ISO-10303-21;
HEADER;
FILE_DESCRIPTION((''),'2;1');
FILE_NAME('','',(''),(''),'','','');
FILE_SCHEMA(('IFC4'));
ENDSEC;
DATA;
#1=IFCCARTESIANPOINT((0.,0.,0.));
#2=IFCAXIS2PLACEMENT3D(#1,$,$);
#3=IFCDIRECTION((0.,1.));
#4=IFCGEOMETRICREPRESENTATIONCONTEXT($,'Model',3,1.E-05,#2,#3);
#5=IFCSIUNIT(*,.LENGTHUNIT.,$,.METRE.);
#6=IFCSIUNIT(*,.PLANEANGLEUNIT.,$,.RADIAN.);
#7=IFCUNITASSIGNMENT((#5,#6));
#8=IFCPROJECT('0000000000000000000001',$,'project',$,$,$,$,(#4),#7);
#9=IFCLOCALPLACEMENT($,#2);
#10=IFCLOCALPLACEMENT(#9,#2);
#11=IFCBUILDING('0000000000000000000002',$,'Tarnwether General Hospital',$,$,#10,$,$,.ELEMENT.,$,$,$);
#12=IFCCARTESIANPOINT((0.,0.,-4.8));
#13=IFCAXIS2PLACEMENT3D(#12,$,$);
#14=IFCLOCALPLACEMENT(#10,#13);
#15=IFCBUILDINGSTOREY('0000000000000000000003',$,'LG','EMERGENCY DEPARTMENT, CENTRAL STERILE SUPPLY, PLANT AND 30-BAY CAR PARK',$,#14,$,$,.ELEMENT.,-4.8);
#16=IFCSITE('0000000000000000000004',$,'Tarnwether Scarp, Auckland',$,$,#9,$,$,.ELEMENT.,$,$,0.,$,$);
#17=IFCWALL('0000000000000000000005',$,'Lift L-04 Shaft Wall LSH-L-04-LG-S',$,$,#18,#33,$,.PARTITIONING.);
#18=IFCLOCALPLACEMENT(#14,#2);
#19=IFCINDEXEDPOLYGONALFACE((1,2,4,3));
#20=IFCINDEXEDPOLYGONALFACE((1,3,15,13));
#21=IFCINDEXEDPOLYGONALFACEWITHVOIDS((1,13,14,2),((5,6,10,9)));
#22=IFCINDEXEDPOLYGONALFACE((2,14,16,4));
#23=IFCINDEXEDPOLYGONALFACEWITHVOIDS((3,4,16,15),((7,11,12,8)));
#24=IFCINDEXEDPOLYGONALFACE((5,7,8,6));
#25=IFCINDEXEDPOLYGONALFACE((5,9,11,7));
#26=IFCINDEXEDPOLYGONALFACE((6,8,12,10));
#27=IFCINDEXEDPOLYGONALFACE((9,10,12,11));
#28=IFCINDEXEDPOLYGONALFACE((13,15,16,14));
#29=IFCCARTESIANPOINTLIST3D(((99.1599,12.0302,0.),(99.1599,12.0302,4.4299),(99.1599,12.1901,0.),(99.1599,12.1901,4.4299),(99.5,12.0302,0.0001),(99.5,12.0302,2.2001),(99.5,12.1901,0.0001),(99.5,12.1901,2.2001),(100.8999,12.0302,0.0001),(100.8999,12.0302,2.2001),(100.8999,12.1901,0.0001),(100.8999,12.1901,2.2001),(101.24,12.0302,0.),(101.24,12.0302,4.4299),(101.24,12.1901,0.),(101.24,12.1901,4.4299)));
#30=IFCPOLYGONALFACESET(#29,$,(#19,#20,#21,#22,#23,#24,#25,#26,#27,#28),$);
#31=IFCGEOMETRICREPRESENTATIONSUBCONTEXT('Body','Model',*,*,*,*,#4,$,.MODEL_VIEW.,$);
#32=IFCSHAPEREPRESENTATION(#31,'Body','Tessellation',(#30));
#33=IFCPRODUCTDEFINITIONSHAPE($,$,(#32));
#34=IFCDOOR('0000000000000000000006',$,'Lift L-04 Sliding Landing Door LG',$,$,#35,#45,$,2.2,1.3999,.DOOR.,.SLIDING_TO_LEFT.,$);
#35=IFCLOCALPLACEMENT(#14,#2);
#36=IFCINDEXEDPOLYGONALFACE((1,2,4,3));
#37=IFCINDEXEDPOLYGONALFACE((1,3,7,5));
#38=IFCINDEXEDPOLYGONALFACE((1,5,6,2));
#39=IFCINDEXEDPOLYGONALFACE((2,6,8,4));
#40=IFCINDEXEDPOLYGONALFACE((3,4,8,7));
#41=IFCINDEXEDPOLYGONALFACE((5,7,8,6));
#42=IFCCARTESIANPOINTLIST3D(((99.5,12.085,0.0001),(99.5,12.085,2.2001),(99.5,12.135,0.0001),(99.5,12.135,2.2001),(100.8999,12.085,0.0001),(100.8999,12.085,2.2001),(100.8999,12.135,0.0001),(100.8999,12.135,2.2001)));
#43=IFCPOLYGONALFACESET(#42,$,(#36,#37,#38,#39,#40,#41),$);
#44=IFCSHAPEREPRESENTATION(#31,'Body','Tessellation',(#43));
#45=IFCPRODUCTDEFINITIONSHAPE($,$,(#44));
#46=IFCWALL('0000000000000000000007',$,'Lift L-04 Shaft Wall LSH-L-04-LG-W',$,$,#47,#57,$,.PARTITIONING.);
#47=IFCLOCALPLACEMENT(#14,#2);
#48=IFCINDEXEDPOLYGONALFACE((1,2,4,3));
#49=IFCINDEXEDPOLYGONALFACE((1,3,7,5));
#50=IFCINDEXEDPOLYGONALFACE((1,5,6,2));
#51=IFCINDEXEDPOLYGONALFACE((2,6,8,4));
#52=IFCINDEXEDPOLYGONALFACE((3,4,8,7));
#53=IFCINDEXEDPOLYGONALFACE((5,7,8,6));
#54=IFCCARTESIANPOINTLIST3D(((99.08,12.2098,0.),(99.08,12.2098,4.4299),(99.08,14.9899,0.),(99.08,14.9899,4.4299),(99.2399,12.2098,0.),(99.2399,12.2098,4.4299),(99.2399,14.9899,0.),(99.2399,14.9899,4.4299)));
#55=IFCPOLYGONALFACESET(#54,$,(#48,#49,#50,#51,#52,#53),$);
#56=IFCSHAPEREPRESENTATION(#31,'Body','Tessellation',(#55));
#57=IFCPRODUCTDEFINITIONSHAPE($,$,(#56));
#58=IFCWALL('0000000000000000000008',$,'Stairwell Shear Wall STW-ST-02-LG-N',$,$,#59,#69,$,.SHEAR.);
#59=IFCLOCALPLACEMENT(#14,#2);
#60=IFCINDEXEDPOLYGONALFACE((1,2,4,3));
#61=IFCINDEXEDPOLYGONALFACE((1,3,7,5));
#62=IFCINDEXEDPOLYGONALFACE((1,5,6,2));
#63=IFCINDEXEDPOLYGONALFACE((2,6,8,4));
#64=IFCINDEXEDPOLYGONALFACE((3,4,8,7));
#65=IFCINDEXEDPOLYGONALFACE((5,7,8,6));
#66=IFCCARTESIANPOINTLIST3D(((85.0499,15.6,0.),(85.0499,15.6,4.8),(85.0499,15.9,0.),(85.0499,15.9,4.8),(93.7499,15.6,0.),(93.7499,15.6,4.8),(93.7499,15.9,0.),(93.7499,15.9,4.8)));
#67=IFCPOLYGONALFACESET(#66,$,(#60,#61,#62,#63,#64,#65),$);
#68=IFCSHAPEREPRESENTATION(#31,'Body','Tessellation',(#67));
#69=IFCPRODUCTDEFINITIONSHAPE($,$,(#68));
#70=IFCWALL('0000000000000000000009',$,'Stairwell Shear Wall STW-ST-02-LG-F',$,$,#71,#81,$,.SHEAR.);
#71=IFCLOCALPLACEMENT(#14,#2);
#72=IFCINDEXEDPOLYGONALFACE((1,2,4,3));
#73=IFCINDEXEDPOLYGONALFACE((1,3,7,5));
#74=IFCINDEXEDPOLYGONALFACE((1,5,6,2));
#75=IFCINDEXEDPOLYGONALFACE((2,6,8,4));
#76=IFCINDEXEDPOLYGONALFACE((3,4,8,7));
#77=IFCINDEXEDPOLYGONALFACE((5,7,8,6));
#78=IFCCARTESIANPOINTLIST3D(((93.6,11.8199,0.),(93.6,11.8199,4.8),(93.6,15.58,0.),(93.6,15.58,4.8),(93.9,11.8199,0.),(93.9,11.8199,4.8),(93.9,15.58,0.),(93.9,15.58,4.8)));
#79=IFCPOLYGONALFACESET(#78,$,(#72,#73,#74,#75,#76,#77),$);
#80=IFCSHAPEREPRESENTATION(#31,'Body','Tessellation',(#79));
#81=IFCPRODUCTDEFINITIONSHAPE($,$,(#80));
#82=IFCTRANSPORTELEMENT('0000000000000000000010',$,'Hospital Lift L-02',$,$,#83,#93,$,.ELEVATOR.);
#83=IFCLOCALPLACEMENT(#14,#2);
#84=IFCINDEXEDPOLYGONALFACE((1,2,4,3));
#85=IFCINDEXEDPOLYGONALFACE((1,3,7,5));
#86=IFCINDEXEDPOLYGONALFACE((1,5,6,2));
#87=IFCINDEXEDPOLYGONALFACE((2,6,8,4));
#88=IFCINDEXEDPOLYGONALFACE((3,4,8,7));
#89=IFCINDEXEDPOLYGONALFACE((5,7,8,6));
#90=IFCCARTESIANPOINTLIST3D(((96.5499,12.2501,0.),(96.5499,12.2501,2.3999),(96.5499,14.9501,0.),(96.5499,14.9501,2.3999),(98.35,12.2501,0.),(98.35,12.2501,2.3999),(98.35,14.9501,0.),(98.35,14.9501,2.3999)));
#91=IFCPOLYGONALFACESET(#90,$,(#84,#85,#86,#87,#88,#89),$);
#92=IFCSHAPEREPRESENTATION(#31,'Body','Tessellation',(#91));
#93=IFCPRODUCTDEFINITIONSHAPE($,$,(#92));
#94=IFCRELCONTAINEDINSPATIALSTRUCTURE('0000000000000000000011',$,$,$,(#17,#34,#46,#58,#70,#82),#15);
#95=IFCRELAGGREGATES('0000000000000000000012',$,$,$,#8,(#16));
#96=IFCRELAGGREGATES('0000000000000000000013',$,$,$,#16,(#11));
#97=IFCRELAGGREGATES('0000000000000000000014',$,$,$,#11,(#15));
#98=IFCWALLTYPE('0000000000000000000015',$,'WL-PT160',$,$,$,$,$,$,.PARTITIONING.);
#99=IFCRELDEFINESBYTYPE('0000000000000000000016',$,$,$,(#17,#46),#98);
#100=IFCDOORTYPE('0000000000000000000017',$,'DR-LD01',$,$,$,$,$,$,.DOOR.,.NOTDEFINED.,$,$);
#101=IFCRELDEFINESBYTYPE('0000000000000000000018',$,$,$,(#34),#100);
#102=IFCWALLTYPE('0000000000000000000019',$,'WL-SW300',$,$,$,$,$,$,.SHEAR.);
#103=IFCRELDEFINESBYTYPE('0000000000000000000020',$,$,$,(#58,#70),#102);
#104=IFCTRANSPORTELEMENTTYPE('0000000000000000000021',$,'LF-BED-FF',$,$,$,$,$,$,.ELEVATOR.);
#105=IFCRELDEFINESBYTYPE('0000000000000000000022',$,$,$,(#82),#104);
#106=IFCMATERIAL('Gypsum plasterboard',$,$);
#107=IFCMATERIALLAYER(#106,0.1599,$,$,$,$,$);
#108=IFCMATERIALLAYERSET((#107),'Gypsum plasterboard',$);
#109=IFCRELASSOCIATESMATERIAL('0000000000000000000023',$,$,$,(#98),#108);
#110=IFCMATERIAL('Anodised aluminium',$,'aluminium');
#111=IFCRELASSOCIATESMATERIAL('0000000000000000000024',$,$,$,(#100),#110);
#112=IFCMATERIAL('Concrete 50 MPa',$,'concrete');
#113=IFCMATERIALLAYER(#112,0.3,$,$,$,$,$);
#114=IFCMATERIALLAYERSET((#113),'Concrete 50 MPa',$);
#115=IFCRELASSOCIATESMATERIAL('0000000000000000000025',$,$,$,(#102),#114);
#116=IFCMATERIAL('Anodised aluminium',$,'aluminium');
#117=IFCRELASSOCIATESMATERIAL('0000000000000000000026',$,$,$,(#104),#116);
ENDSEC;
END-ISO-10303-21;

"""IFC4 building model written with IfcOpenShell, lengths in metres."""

from ifc_helpers import new_model, si_unit, direction, frame, frame_2d, origin, origin_2d, place, context, subcontext, project, spatial, rectangle, extrude, material, layer, layer_set, type_object, element, fill, save


model = new_model("IFC4")

# Units and contexts
model_context = context("Model", 3, precision=1e-05, world=origin(), true_north=direction((0.0, 1.0)))
body_context = subcontext(model_context, "Body", "Model", "MODEL_VIEW")
ifc_project = project(units=[si_unit("LENGTHUNIT", "METRE"), si_unit("PLANEANGLEUNIT", "RADIAN")], contexts=[model_context])

# Site, building, storey
site_placement = place(None, origin())
site = spatial("IfcSite", under=ifc_project, at=site_placement, Name="Tarnwether Scarp, Auckland", CompositionType="ELEMENT", RefElevation=0.0)
building_placement = place(site_placement, origin())
building = spatial("IfcBuilding", under=site, at=building_placement, Name="Tarnwether General Hospital", CompositionType="ELEMENT")
storey_placement = place(building_placement, frame((0.0, 0.0, -4.8)))
storey = spatial("IfcBuildingStorey", under=building, at=storey_placement, Name="LG", Description="EMERGENCY DEPARTMENT, CENTRAL STERILE SUPPLY, PLANT AND 30-BAY CAR PARK", CompositionType="ELEMENT", Elevation=-4.8)

# Shared definitions
ifc_material_1 = material(Name="Gypsum plasterboard")
ifc_layer_1 = layer(ifc_material_1, 0.1599)
ifc_layer_set_1 = layer_set([ifc_layer_1], Name="Gypsum plasterboard")
wall_type_1 = type_object("IfcWallType", Name="WL-PT160", PredefinedType="PARTITIONING", material=ifc_layer_set_1)
ifc_material_2 = material(Name="Anodised aluminium", Category="aluminium")
door_type_1 = type_object("IfcDoorType", Name="DR-LD01", OperationType="NOTDEFINED", PredefinedType="DOOR", material=ifc_material_2)

# Wall, opening, door
wall_1_placement = place(storey_placement, frame((99.1599, 12.1101, 0.0), z_axis=(0.0, 0.0, 1.0), x_axis=(1.0, 0.0, 0.0)))
wall_1 = element("IfcWall", 1, at=wall_1_placement, inside=storey, type_object=wall_type_1, Name="Lift L-04 Shaft Wall LSH-L-04-LG-S", PredefinedType="PARTITIONING", context=body_context, shape_type="SweptSolid", body=[
    extrude(rectangle(XDim=2.0801, YDim=0.1599, at=frame_2d((1.04, 0.0))), origin(), (0.0, 0.0, 1.0), 4.4299),
])
opening_1_placement = place(wall_1_placement, frame((0.3401, 0.0, 0.0)))
opening_1 = element("IfcOpeningElement", 2, at=opening_1_placement, cuts=wall_1, PredefinedType="OPENING", context=body_context, shape_type="SweptSolid", body=[
    extrude(rectangle(XDim=1.3999, YDim=2.2, at=frame_2d((0.7, 1.1001))), frame((0.0, 0.0898, 0.0), z_axis=(0.0, -1.0, 0.0), x_axis=(1.0, 0.0, 0.0)), (0.0, 0.0, 1.0), 0.1799),
])
door_1_placement = place(opening_1_placement, origin())
door_1 = element("IfcDoor", 3, at=door_1_placement, inside=storey, type_object=door_type_1, Name="Lift L-04 Sliding Landing Door LG", OperationType="SLIDING_TO_LEFT", OverallHeight=2.2, OverallWidth=1.3999, PredefinedType="DOOR", context=body_context, shape_type="SweptSolid", body=[
    extrude(rectangle(XDim=1.3999, YDim=2.2, at=frame_2d((0.7, 1.1001))), frame((0.0, 0.0249, 0.0), z_axis=(0.0, -1.0, 0.0), x_axis=(1.0, 0.0, 0.0)), (0.0, 0.0, 1.0), 0.05),
])
fill(opening_1, door_1)

# Wall
wall_2_placement = place(storey_placement, frame((99.1599, 14.99, 0.0), z_axis=(0.0, 0.0, 1.0), x_axis=(0.0, -1.0, 0.0)))
element("IfcWall", 4, at=wall_2_placement, inside=storey, type_object=wall_type_1, Name="Lift L-04 Shaft Wall LSH-L-04-LG-W", PredefinedType="PARTITIONING", context=body_context, shape_type="SweptSolid", body=[
    extrude(rectangle(XDim=2.78, YDim=0.1599, at=frame_2d((1.3901, 0.0))), origin(), (0.0, 0.0, 1.0), 4.4299),
])

# Walls
ifc_material_3 = material(Name="Concrete 50 MPa", Category="concrete")
ifc_layer_2 = layer(ifc_material_3, 0.3)
ifc_layer_set_2 = layer_set([ifc_layer_2], Name="Concrete 50 MPa")
wall_type_2 = type_object("IfcWallType", Name="WL-SW300", PredefinedType="SHEAR", material=ifc_layer_set_2)
wall_3_placement = place(storey_placement, frame((93.75, 15.75, 0.0), z_axis=(0.0, 0.0, 1.0), x_axis=(-1.0, 0.0, 0.0)))
element("IfcWall", 5, at=wall_3_placement, inside=storey, type_object=wall_type_2, Name="Stairwell Shear Wall STW-ST-02-LG-N", PredefinedType="SHEAR", context=body_context, shape_type="SweptSolid", body=[
    extrude(rectangle(XDim=8.7, YDim=0.3, at=frame_2d((4.3501, 0.0))), origin(), (0.0, 0.0, 1.0), 4.8),
])
wall_4_placement = place(storey_placement, frame((93.75, 11.8201, 0.0), z_axis=(0.0, 0.0, 1.0), x_axis=(0.0, 1.0, 0.0)))
element("IfcWall", 6, at=wall_4_placement, inside=storey, type_object=wall_type_2, Name="Stairwell Shear Wall STW-ST-02-LG-F", PredefinedType="SHEAR", context=body_context, shape_type="SweptSolid", body=[
    extrude(rectangle(XDim=3.76, YDim=0.3, at=frame_2d((1.8799, 0.0))), origin(), (0.0, 0.0, 1.0), 4.8),
])

# Transport element
ifc_material_4 = material(Name="Anodised aluminium", Category="aluminium")
transport_element_type = type_object("IfcTransportElementType", Name="LF-BED-FF", PredefinedType="ELEVATOR", material=ifc_material_4)
transport_element_placement = place(storey_placement, frame((97.45, 13.6001, 0.0), z_axis=(0.0, 0.0, 1.0), x_axis=(1.0, 0.0, 0.0)))
element("IfcTransportElement", 7, at=transport_element_placement, inside=storey, type_object=transport_element_type, Name="Hospital Lift L-02", PredefinedType="ELEVATOR", context=body_context, shape_type="SweptSolid", body=[
    extrude(rectangle(XDim=1.8, YDim=2.7, at=origin_2d()), origin(), (0.0, 0.0, 1.0), 2.3999),
])

save(model, "model.ifc")
